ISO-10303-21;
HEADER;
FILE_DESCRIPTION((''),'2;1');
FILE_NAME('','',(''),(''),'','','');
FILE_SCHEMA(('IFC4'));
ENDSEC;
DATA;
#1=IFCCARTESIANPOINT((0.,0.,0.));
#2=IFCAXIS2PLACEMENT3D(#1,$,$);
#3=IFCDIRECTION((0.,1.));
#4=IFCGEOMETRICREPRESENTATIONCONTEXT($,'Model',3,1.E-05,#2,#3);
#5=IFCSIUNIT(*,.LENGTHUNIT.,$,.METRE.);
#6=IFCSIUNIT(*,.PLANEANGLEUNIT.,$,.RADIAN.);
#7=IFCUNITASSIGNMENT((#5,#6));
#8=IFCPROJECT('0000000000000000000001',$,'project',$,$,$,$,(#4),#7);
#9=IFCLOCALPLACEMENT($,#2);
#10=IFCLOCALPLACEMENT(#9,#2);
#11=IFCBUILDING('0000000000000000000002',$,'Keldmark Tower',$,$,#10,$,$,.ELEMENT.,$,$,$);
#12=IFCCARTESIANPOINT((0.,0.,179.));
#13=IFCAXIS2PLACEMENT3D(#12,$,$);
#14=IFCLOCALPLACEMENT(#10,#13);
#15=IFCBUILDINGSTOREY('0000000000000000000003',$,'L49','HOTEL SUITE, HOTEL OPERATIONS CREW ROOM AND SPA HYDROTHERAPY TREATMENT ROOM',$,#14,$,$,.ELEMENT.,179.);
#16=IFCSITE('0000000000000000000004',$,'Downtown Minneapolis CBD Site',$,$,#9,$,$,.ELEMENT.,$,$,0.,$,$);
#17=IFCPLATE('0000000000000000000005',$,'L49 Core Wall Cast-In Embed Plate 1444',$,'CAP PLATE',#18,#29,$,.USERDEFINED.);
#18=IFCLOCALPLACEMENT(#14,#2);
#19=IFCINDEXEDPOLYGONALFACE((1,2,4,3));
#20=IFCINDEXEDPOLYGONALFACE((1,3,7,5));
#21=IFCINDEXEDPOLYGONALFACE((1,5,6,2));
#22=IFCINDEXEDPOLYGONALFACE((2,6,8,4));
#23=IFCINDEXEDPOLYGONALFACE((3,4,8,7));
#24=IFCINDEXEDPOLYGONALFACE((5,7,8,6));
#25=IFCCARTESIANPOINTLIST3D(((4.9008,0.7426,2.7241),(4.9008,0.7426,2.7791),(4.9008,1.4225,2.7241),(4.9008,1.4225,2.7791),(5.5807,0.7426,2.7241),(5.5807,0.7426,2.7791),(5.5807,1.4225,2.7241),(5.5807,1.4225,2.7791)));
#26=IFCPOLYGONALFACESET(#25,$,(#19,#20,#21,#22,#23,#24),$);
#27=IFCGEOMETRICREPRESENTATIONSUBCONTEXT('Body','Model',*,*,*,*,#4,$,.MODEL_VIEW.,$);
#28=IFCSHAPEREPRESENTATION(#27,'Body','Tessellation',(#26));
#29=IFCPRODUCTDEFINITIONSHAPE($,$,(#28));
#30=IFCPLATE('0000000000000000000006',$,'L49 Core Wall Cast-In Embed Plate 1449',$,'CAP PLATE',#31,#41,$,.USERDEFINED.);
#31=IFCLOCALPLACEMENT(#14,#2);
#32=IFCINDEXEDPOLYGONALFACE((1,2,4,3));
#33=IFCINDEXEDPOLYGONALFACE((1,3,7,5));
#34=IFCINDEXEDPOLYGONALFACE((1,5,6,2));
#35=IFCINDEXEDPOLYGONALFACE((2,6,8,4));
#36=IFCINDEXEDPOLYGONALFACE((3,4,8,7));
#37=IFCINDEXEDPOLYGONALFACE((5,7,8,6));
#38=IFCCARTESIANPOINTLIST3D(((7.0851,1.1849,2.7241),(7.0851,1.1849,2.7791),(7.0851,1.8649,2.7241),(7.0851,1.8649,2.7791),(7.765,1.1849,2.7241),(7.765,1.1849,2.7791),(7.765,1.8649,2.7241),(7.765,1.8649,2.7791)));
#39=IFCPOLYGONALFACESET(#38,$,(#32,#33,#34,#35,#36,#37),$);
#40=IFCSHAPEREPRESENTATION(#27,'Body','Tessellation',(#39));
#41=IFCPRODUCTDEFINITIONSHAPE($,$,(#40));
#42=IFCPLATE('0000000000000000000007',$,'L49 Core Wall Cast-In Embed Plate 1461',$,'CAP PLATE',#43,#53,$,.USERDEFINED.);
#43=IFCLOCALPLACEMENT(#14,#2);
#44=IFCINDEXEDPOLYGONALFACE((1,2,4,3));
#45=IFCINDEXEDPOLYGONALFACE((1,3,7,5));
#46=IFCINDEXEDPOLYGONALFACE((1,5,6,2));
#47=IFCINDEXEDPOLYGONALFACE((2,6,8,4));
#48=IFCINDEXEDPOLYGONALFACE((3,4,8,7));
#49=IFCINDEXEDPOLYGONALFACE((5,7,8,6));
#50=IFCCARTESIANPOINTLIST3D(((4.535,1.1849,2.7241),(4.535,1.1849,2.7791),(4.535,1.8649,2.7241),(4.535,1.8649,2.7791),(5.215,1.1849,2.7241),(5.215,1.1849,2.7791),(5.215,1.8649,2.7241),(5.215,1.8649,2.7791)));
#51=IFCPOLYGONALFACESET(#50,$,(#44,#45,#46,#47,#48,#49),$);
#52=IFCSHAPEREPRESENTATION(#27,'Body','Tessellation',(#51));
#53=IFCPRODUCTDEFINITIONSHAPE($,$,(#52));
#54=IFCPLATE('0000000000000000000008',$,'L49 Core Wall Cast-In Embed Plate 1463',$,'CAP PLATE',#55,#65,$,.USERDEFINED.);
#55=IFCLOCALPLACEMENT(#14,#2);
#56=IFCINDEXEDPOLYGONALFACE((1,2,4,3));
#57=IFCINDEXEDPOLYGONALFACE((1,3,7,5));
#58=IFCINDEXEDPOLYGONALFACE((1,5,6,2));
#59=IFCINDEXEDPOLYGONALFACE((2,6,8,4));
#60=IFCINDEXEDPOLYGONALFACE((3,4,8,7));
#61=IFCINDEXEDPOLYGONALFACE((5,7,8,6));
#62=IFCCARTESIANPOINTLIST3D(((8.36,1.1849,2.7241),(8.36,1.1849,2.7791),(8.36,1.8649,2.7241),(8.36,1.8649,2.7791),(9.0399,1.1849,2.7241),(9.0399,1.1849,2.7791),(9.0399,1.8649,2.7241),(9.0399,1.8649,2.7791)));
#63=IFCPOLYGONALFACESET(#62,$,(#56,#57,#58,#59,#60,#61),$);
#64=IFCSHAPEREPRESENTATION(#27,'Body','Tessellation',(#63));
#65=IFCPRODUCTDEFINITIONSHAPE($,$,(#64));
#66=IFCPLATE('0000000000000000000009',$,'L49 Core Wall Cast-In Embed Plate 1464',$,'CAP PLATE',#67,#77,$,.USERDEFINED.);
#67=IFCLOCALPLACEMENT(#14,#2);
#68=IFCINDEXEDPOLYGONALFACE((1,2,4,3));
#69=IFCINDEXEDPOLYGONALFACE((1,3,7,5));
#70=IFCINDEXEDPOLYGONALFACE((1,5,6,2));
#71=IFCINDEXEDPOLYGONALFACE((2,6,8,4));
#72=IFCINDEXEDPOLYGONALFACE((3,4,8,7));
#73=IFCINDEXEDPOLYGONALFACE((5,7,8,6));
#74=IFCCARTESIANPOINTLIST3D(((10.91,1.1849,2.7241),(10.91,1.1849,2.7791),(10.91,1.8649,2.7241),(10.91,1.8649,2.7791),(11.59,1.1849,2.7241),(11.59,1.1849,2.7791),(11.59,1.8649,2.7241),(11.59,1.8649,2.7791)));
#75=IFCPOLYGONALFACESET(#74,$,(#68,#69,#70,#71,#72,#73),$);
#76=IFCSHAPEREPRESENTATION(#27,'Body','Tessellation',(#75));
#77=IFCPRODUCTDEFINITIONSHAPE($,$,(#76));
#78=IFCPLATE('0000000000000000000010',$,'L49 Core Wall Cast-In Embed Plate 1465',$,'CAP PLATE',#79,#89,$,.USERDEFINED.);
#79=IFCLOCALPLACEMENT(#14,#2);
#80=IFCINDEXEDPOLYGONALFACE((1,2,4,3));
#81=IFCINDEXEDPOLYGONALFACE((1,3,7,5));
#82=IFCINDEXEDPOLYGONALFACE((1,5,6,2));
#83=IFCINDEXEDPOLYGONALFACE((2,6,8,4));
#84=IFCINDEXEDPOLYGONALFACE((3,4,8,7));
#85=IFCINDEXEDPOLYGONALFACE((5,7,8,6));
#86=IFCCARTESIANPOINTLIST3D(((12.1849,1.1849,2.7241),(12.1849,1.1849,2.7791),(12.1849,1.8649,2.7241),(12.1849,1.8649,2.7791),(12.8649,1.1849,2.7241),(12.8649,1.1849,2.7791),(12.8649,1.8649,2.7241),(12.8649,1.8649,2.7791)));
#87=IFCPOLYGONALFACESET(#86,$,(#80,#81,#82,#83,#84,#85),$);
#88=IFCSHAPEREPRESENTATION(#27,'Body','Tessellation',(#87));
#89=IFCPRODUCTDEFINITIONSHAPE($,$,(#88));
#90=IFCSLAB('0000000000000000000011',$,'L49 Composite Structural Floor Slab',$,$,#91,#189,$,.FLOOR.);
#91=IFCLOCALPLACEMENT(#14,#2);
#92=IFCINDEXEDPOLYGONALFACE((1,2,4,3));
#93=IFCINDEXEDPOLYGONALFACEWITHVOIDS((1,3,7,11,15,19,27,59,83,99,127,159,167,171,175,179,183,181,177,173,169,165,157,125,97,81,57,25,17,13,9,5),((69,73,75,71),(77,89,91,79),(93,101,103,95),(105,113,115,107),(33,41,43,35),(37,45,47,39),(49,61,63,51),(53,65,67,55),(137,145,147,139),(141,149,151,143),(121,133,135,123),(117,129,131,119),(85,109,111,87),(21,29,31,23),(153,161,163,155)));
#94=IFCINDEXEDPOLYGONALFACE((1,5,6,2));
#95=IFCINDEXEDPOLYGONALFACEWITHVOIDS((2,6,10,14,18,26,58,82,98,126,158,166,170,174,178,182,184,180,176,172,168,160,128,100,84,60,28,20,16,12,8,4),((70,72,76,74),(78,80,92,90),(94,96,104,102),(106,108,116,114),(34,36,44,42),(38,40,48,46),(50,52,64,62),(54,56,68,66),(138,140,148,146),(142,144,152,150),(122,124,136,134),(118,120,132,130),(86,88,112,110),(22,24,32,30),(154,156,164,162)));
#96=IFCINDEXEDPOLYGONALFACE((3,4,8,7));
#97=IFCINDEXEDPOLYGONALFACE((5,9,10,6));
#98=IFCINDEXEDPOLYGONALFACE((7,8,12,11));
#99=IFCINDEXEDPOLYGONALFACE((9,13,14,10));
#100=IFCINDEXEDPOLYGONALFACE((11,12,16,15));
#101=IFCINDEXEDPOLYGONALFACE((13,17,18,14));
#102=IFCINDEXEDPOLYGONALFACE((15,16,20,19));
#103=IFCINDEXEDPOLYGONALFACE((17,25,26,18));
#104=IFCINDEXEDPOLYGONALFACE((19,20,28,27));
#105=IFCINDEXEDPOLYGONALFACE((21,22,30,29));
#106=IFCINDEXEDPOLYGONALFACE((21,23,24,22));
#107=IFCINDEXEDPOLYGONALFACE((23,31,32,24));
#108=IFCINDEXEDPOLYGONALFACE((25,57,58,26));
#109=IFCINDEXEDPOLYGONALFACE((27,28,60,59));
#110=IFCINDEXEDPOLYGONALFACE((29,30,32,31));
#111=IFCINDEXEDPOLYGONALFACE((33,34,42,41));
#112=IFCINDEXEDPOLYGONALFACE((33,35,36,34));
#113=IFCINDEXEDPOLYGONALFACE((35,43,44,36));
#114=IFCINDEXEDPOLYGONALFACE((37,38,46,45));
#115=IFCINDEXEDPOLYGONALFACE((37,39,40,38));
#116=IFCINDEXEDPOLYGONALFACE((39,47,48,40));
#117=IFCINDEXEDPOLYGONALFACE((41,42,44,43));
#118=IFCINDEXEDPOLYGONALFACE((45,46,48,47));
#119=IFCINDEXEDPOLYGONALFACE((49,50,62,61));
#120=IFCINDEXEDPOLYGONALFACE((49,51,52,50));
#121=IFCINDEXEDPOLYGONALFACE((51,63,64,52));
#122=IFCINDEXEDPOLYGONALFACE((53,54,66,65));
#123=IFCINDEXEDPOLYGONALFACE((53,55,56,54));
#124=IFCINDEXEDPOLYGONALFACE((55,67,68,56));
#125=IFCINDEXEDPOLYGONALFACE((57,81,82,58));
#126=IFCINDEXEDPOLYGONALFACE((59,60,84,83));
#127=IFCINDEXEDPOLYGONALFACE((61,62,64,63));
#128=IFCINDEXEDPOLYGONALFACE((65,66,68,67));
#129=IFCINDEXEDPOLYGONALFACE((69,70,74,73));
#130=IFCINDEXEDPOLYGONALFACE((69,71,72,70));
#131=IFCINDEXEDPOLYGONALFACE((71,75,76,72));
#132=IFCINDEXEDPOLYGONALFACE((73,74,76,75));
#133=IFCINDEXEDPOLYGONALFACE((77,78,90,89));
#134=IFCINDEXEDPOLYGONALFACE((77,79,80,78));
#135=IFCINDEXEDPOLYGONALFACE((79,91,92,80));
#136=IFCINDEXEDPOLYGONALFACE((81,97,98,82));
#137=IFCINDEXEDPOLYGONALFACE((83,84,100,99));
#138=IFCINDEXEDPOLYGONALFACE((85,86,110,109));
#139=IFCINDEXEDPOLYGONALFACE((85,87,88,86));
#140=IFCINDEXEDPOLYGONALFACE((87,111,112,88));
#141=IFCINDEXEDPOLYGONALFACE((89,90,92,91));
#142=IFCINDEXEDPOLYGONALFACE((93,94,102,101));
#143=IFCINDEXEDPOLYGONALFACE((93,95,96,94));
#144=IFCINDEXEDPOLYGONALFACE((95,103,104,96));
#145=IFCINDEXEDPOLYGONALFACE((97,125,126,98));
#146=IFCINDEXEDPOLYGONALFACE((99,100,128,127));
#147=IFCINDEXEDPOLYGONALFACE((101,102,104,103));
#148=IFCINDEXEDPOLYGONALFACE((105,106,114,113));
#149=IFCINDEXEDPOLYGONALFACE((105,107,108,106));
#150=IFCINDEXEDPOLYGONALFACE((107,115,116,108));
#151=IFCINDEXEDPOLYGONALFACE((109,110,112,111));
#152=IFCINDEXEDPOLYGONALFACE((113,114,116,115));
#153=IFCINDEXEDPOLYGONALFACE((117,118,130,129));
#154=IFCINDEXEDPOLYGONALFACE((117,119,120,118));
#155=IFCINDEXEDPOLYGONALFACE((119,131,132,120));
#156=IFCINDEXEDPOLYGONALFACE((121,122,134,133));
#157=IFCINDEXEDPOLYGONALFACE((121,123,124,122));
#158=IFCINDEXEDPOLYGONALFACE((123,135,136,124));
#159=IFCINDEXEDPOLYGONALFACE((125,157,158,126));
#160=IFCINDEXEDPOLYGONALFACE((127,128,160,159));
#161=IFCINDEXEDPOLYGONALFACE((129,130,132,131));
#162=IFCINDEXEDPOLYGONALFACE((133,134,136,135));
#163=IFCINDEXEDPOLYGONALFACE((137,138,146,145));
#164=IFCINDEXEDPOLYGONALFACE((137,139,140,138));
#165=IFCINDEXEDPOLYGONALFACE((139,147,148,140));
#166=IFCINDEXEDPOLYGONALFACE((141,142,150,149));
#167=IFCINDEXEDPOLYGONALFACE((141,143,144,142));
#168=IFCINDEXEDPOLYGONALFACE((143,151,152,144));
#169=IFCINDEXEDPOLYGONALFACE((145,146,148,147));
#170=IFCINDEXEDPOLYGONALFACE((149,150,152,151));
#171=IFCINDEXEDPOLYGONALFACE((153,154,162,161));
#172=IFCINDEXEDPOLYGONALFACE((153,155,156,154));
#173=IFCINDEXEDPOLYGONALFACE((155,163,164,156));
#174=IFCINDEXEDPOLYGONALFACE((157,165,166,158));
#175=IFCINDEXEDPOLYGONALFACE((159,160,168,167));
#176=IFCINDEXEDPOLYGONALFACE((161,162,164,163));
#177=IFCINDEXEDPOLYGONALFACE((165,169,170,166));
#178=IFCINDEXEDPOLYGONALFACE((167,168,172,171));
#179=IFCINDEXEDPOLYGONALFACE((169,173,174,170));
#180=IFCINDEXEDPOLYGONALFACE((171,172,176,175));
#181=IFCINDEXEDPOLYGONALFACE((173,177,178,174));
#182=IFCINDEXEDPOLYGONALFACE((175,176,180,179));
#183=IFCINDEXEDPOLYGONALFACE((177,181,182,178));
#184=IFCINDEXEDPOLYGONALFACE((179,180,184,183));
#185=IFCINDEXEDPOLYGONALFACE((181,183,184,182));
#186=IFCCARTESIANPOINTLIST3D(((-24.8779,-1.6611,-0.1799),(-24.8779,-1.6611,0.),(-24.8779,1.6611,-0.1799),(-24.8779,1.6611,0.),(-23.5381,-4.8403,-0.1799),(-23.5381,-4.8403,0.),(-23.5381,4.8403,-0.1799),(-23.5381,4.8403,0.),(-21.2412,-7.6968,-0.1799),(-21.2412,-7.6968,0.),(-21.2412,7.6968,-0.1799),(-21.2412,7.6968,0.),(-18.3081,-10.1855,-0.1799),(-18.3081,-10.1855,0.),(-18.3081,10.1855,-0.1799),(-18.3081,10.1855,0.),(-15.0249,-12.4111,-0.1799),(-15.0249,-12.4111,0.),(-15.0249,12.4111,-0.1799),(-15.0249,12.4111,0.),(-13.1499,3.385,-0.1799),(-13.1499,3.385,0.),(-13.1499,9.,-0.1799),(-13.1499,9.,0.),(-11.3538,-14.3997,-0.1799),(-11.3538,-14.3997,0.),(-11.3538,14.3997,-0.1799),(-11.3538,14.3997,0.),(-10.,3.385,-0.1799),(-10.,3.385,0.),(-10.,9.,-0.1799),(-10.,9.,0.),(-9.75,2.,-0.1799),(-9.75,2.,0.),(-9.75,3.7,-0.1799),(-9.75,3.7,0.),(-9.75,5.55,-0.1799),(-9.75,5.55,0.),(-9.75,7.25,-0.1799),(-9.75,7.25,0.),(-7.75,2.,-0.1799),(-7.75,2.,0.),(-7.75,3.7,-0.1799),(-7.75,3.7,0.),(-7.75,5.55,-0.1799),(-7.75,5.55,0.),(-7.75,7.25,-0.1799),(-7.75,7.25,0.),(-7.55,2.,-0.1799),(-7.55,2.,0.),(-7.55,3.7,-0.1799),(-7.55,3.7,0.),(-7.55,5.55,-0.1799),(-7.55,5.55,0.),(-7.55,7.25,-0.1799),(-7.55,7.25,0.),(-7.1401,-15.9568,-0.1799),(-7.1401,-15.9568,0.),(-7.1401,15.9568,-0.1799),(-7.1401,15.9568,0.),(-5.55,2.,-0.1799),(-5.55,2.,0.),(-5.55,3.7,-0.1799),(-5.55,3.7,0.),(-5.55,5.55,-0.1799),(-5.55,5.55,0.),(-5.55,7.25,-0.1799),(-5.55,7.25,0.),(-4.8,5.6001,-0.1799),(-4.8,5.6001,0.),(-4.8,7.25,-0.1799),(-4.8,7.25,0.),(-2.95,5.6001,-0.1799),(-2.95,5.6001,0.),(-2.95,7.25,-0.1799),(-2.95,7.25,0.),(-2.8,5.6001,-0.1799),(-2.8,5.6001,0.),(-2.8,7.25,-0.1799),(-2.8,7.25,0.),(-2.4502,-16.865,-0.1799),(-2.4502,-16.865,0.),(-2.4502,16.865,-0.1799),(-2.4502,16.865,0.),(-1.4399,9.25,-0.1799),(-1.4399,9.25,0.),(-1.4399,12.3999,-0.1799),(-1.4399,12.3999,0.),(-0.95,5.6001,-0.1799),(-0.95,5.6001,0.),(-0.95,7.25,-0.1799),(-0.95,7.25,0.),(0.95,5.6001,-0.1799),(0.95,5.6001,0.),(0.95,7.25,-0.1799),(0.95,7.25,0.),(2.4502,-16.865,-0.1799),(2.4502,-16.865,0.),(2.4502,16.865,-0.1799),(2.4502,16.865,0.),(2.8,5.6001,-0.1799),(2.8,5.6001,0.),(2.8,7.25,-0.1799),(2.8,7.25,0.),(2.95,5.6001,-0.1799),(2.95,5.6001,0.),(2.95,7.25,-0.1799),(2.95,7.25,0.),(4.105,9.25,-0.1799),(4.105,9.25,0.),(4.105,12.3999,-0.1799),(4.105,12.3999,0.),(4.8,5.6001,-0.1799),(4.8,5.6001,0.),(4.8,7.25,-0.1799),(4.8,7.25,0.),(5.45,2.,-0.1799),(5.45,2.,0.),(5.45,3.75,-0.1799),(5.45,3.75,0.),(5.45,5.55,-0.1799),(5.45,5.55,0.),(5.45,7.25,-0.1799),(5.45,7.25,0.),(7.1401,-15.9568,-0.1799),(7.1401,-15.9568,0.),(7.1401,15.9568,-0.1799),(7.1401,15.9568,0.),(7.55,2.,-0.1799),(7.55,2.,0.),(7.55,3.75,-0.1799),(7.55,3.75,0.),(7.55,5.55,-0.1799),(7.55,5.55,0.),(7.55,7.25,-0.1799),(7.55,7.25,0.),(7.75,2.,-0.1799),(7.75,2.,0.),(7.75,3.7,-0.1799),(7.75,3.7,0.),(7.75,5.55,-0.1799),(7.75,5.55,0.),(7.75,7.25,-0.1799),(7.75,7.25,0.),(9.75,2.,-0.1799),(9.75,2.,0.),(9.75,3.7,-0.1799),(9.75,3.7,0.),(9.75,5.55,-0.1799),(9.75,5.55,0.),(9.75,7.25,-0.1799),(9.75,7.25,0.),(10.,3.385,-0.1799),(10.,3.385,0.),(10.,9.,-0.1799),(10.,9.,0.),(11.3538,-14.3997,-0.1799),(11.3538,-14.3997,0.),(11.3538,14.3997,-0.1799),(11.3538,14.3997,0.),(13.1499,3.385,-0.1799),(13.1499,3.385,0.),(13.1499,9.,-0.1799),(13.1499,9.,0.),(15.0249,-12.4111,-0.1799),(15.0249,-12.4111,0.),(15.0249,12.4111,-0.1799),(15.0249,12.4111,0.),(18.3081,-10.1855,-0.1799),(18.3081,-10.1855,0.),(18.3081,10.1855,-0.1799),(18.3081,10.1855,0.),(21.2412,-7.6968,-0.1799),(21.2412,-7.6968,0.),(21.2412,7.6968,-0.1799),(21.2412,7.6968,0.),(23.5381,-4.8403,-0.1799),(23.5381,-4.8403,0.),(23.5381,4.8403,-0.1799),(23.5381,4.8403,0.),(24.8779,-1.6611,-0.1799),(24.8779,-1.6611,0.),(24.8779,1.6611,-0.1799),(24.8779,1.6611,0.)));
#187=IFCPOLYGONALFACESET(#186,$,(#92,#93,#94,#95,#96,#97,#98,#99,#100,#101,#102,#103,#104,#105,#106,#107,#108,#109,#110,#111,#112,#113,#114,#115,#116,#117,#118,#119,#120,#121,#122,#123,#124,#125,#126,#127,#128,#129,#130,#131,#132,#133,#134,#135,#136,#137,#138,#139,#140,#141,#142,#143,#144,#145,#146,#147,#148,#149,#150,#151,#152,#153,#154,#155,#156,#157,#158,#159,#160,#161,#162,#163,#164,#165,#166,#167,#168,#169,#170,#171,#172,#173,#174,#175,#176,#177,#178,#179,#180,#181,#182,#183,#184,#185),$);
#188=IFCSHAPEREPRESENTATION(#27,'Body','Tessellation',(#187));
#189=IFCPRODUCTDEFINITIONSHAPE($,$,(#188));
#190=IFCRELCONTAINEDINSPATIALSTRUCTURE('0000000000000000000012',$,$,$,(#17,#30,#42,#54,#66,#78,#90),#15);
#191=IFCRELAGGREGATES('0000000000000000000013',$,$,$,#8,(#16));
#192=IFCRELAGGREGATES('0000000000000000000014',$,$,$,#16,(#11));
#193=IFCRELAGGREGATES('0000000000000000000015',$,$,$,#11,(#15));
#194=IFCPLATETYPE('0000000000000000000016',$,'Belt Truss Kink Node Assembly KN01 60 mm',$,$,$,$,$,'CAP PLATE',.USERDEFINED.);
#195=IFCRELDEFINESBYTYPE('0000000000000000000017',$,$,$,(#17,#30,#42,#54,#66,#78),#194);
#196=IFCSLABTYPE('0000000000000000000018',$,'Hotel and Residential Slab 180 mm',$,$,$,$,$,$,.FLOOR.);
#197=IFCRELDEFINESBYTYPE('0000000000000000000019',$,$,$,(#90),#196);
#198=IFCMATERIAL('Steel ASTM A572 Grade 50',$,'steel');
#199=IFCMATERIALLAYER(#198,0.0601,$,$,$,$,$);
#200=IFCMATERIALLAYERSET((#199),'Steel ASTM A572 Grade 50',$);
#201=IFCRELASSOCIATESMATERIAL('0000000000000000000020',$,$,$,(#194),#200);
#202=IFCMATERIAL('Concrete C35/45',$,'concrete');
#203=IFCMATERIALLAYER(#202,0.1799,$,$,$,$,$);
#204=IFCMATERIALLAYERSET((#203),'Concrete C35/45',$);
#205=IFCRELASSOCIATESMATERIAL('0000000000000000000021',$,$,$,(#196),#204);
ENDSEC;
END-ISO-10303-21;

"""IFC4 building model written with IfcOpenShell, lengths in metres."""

from ifc_helpers import new_model, si_unit, direction, frame, origin, origin_2d, place, context, subcontext, project, spatial, polyline, rectangle, outline, extrude, material, layer, layer_set, type_object, element, save


model = new_model("IFC4")

# Units and contexts
model_context = context("Model", 3, precision=1e-05, world=origin(), true_north=direction((0.0, 1.0)))
body_context = subcontext(model_context, "Body", "Model", "MODEL_VIEW")
ifc_project = project(units=[si_unit("LENGTHUNIT", "METRE"), si_unit("PLANEANGLEUNIT", "RADIAN")], contexts=[model_context])

# Site, building, storey
site_placement = place(None, origin())
site = spatial("IfcSite", under=ifc_project, at=site_placement, Name="Downtown Minneapolis CBD Site", CompositionType="ELEMENT", RefElevation=0.0)
building_placement = place(site_placement, origin())
building = spatial("IfcBuilding", under=site, at=building_placement, Name="Keldmark Tower", CompositionType="ELEMENT")
storey_placement = place(building_placement, frame((0.0, 0.0, 179.0)))
storey = spatial("IfcBuildingStorey", under=building, at=storey_placement, Name="L49", Description="HOTEL SUITE, HOTEL OPERATIONS CREW ROOM AND SPA HYDROTHERAPY TREATMENT ROOM", CompositionType="ELEMENT", Elevation=179.0)

# Plates
ifc_material_1 = material(Name="Steel ASTM A572 Grade 50", Category="steel")
ifc_layer_1 = layer(ifc_material_1, 0.0601)
ifc_layer_set_1 = layer_set([ifc_layer_1], Name="Steel ASTM A572 Grade 50")
plate_type = type_object("IfcPlateType", Name="Belt Truss Kink Node Assembly KN01 60 mm", ElementType="CAP PLATE", PredefinedType="USERDEFINED", material=ifc_layer_set_1)
for number, where, z_axis, x_axis, name in (
    (1, (5.2407, 1.0825, 2.7241), (0.0, 0.0, 1.0), (1.0, 0.0, 0.0), "L49 Core Wall Cast-In Embed Plate 1444"),
    (2, (7.425, 1.5249, 2.7241), (0.0, 0.0, 1.0), (1.0, 0.0, 0.0), "L49 Core Wall Cast-In Embed Plate 1449"),
    (3, (4.875, 1.5249, 2.7241), (0.0, 0.0, 1.0), (1.0, 0.0, 0.0), "L49 Core Wall Cast-In Embed Plate 1461"),
    (4, (8.7, 1.5249, 2.7241), (0.0, 0.0, 1.0), (1.0, 0.0, 0.0), "L49 Core Wall Cast-In Embed Plate 1463"),
    (5, (11.25, 1.5249, 2.7241), (0.0, 0.0, 1.0), (1.0, 0.0, 0.0), "L49 Core Wall Cast-In Embed Plate 1464"),
    (6, (12.5249, 1.5249, 2.7241), (0.0, 0.0, 1.0), (1.0, 0.0, 0.0), "L49 Core Wall Cast-In Embed Plate 1465"),
):
    element("IfcPlate", number, at=place(storey_placement, frame(where, z_axis=z_axis, x_axis=x_axis)), inside=storey, type_object=plate_type, Name=name, ObjectType="CAP PLATE", PredefinedType="USERDEFINED", context=body_context, shape_type="SweptSolid", body=[
        extrude(rectangle(XDim=0.6799, YDim=0.6799, at=origin_2d()), origin(), (0.0, 0.0, 1.0), 0.0549),
    ])

# Slab
ifc_material_2 = material(Name="Concrete C35/45", Category="concrete")
ifc_layer_2 = layer(ifc_material_2, 0.1799)
ifc_layer_set_2 = layer_set([ifc_layer_2], Name="Concrete C35/45")
slab_type_1 = type_object("IfcSlabType", Name="Hotel and Residential Slab 180 mm", PredefinedType="FLOOR", material=ifc_layer_set_2)
slab_1_placement = place(storey_placement, frame((0.0, 0.0, -0.1799)))
element("IfcSlab", 7, at=slab_1_placement, inside=storey, type_object=slab_type_1, Name="L49 Composite Structural Floor Slab", PredefinedType="FLOOR", context=body_context, shape_type="SweptSolid", body=[
    extrude(outline(polyline([(24.8779, 1.6611), (23.5381, 4.8403), (21.2412, 7.6968), (18.3081, 10.1855), (15.0249, 12.4111), (11.3538, 14.3997), (7.1401, 15.9568), (2.4502, 16.865), (-2.4502, 16.865), (-7.1401, 15.9568), (-11.3538, 14.3997), (-15.0249, 12.4111), (-18.3081, 10.1855), (-21.2412, 7.6968), (-23.5381, 4.8403), (-24.8779, 1.6611), (-24.8779, -1.6611), (-23.5381, -4.8403), (-21.2412, -7.6968), (-18.3081, -10.1855), (-15.0249, -12.4111), (-11.3538, -14.3997), (-7.1401, -15.9568), (-2.4502, -16.865), (2.4502, -16.865), (7.1401, -15.9568), (11.3538, -14.3997), (15.0249, -12.4111), (18.3081, -10.1855), (21.2412, -7.6968), (23.5381, -4.8403), (24.8779, -1.6611), (24.8779, 1.6611)]), holes=[polyline([(-10.0, 3.385), (-10.0, 9.0), (-13.1499, 9.0), (-13.1499, 3.385), (-10.0, 3.385)]), polyline([(13.1499, 3.385), (13.1499, 9.0), (10.0, 9.0), (10.0, 3.385), (13.1499, 3.385)]), polyline([(-1.4399, 9.25), (4.105, 9.25), (4.105, 12.3999), (-1.4399, 12.3999), (-1.4399, 9.25)]), polyline([(-9.75, 2.0), (-7.75, 2.0), (-7.75, 3.7), (-9.75, 3.7), (-9.75, 2.0)]), polyline([(7.75, 2.0), (9.75, 2.0), (9.75, 3.7), (7.75, 3.7), (7.75, 2.0)]), polyline([(5.45, 2.0), (7.55, 2.0), (7.55, 3.75), (5.45, 3.75), (5.45, 2.0)]), polyline([(-4.8, 5.6001), (-2.95, 5.6001), (-2.95, 7.25), (-4.8, 7.25), (-4.8, 5.6001)]), polyline([(-2.8, 5.6001), (-0.95, 5.6001), (-0.95, 7.25), (-2.8, 7.25), (-2.8, 5.6001)]), polyline([(0.95, 5.6001), (2.8, 5.6001), (2.8, 7.25), (0.95, 7.25), (0.95, 5.6001)]), polyline([(2.95, 5.6001), (4.8, 5.6001), (4.8, 7.25), (2.95, 7.25), (2.95, 5.6001)]), polyline([(-9.75, 5.55), (-7.75, 5.55), (-7.75, 7.25), (-9.75, 7.25), (-9.75, 5.55)]), polyline([(-7.55, 5.55), (-5.55, 5.55), (-5.55, 7.25), (-7.55, 7.25), (-7.55, 5.55)]), polyline([(-7.55, 2.0), (-5.55, 2.0), (-5.55, 3.7), (-7.55, 3.7), (-7.55, 2.0)]), polyline([(5.45, 5.55), (7.55, 5.55), (7.55, 7.25), (5.45, 7.25), (5.45, 5.55)]), polyline([(7.75, 5.55), (9.75, 5.55), (9.75, 7.25), (7.75, 7.25), (7.75, 5.55)])]), origin(), (0.0, 0.0, 1.0), 0.1799),
])

save(model, "model.ifc")
